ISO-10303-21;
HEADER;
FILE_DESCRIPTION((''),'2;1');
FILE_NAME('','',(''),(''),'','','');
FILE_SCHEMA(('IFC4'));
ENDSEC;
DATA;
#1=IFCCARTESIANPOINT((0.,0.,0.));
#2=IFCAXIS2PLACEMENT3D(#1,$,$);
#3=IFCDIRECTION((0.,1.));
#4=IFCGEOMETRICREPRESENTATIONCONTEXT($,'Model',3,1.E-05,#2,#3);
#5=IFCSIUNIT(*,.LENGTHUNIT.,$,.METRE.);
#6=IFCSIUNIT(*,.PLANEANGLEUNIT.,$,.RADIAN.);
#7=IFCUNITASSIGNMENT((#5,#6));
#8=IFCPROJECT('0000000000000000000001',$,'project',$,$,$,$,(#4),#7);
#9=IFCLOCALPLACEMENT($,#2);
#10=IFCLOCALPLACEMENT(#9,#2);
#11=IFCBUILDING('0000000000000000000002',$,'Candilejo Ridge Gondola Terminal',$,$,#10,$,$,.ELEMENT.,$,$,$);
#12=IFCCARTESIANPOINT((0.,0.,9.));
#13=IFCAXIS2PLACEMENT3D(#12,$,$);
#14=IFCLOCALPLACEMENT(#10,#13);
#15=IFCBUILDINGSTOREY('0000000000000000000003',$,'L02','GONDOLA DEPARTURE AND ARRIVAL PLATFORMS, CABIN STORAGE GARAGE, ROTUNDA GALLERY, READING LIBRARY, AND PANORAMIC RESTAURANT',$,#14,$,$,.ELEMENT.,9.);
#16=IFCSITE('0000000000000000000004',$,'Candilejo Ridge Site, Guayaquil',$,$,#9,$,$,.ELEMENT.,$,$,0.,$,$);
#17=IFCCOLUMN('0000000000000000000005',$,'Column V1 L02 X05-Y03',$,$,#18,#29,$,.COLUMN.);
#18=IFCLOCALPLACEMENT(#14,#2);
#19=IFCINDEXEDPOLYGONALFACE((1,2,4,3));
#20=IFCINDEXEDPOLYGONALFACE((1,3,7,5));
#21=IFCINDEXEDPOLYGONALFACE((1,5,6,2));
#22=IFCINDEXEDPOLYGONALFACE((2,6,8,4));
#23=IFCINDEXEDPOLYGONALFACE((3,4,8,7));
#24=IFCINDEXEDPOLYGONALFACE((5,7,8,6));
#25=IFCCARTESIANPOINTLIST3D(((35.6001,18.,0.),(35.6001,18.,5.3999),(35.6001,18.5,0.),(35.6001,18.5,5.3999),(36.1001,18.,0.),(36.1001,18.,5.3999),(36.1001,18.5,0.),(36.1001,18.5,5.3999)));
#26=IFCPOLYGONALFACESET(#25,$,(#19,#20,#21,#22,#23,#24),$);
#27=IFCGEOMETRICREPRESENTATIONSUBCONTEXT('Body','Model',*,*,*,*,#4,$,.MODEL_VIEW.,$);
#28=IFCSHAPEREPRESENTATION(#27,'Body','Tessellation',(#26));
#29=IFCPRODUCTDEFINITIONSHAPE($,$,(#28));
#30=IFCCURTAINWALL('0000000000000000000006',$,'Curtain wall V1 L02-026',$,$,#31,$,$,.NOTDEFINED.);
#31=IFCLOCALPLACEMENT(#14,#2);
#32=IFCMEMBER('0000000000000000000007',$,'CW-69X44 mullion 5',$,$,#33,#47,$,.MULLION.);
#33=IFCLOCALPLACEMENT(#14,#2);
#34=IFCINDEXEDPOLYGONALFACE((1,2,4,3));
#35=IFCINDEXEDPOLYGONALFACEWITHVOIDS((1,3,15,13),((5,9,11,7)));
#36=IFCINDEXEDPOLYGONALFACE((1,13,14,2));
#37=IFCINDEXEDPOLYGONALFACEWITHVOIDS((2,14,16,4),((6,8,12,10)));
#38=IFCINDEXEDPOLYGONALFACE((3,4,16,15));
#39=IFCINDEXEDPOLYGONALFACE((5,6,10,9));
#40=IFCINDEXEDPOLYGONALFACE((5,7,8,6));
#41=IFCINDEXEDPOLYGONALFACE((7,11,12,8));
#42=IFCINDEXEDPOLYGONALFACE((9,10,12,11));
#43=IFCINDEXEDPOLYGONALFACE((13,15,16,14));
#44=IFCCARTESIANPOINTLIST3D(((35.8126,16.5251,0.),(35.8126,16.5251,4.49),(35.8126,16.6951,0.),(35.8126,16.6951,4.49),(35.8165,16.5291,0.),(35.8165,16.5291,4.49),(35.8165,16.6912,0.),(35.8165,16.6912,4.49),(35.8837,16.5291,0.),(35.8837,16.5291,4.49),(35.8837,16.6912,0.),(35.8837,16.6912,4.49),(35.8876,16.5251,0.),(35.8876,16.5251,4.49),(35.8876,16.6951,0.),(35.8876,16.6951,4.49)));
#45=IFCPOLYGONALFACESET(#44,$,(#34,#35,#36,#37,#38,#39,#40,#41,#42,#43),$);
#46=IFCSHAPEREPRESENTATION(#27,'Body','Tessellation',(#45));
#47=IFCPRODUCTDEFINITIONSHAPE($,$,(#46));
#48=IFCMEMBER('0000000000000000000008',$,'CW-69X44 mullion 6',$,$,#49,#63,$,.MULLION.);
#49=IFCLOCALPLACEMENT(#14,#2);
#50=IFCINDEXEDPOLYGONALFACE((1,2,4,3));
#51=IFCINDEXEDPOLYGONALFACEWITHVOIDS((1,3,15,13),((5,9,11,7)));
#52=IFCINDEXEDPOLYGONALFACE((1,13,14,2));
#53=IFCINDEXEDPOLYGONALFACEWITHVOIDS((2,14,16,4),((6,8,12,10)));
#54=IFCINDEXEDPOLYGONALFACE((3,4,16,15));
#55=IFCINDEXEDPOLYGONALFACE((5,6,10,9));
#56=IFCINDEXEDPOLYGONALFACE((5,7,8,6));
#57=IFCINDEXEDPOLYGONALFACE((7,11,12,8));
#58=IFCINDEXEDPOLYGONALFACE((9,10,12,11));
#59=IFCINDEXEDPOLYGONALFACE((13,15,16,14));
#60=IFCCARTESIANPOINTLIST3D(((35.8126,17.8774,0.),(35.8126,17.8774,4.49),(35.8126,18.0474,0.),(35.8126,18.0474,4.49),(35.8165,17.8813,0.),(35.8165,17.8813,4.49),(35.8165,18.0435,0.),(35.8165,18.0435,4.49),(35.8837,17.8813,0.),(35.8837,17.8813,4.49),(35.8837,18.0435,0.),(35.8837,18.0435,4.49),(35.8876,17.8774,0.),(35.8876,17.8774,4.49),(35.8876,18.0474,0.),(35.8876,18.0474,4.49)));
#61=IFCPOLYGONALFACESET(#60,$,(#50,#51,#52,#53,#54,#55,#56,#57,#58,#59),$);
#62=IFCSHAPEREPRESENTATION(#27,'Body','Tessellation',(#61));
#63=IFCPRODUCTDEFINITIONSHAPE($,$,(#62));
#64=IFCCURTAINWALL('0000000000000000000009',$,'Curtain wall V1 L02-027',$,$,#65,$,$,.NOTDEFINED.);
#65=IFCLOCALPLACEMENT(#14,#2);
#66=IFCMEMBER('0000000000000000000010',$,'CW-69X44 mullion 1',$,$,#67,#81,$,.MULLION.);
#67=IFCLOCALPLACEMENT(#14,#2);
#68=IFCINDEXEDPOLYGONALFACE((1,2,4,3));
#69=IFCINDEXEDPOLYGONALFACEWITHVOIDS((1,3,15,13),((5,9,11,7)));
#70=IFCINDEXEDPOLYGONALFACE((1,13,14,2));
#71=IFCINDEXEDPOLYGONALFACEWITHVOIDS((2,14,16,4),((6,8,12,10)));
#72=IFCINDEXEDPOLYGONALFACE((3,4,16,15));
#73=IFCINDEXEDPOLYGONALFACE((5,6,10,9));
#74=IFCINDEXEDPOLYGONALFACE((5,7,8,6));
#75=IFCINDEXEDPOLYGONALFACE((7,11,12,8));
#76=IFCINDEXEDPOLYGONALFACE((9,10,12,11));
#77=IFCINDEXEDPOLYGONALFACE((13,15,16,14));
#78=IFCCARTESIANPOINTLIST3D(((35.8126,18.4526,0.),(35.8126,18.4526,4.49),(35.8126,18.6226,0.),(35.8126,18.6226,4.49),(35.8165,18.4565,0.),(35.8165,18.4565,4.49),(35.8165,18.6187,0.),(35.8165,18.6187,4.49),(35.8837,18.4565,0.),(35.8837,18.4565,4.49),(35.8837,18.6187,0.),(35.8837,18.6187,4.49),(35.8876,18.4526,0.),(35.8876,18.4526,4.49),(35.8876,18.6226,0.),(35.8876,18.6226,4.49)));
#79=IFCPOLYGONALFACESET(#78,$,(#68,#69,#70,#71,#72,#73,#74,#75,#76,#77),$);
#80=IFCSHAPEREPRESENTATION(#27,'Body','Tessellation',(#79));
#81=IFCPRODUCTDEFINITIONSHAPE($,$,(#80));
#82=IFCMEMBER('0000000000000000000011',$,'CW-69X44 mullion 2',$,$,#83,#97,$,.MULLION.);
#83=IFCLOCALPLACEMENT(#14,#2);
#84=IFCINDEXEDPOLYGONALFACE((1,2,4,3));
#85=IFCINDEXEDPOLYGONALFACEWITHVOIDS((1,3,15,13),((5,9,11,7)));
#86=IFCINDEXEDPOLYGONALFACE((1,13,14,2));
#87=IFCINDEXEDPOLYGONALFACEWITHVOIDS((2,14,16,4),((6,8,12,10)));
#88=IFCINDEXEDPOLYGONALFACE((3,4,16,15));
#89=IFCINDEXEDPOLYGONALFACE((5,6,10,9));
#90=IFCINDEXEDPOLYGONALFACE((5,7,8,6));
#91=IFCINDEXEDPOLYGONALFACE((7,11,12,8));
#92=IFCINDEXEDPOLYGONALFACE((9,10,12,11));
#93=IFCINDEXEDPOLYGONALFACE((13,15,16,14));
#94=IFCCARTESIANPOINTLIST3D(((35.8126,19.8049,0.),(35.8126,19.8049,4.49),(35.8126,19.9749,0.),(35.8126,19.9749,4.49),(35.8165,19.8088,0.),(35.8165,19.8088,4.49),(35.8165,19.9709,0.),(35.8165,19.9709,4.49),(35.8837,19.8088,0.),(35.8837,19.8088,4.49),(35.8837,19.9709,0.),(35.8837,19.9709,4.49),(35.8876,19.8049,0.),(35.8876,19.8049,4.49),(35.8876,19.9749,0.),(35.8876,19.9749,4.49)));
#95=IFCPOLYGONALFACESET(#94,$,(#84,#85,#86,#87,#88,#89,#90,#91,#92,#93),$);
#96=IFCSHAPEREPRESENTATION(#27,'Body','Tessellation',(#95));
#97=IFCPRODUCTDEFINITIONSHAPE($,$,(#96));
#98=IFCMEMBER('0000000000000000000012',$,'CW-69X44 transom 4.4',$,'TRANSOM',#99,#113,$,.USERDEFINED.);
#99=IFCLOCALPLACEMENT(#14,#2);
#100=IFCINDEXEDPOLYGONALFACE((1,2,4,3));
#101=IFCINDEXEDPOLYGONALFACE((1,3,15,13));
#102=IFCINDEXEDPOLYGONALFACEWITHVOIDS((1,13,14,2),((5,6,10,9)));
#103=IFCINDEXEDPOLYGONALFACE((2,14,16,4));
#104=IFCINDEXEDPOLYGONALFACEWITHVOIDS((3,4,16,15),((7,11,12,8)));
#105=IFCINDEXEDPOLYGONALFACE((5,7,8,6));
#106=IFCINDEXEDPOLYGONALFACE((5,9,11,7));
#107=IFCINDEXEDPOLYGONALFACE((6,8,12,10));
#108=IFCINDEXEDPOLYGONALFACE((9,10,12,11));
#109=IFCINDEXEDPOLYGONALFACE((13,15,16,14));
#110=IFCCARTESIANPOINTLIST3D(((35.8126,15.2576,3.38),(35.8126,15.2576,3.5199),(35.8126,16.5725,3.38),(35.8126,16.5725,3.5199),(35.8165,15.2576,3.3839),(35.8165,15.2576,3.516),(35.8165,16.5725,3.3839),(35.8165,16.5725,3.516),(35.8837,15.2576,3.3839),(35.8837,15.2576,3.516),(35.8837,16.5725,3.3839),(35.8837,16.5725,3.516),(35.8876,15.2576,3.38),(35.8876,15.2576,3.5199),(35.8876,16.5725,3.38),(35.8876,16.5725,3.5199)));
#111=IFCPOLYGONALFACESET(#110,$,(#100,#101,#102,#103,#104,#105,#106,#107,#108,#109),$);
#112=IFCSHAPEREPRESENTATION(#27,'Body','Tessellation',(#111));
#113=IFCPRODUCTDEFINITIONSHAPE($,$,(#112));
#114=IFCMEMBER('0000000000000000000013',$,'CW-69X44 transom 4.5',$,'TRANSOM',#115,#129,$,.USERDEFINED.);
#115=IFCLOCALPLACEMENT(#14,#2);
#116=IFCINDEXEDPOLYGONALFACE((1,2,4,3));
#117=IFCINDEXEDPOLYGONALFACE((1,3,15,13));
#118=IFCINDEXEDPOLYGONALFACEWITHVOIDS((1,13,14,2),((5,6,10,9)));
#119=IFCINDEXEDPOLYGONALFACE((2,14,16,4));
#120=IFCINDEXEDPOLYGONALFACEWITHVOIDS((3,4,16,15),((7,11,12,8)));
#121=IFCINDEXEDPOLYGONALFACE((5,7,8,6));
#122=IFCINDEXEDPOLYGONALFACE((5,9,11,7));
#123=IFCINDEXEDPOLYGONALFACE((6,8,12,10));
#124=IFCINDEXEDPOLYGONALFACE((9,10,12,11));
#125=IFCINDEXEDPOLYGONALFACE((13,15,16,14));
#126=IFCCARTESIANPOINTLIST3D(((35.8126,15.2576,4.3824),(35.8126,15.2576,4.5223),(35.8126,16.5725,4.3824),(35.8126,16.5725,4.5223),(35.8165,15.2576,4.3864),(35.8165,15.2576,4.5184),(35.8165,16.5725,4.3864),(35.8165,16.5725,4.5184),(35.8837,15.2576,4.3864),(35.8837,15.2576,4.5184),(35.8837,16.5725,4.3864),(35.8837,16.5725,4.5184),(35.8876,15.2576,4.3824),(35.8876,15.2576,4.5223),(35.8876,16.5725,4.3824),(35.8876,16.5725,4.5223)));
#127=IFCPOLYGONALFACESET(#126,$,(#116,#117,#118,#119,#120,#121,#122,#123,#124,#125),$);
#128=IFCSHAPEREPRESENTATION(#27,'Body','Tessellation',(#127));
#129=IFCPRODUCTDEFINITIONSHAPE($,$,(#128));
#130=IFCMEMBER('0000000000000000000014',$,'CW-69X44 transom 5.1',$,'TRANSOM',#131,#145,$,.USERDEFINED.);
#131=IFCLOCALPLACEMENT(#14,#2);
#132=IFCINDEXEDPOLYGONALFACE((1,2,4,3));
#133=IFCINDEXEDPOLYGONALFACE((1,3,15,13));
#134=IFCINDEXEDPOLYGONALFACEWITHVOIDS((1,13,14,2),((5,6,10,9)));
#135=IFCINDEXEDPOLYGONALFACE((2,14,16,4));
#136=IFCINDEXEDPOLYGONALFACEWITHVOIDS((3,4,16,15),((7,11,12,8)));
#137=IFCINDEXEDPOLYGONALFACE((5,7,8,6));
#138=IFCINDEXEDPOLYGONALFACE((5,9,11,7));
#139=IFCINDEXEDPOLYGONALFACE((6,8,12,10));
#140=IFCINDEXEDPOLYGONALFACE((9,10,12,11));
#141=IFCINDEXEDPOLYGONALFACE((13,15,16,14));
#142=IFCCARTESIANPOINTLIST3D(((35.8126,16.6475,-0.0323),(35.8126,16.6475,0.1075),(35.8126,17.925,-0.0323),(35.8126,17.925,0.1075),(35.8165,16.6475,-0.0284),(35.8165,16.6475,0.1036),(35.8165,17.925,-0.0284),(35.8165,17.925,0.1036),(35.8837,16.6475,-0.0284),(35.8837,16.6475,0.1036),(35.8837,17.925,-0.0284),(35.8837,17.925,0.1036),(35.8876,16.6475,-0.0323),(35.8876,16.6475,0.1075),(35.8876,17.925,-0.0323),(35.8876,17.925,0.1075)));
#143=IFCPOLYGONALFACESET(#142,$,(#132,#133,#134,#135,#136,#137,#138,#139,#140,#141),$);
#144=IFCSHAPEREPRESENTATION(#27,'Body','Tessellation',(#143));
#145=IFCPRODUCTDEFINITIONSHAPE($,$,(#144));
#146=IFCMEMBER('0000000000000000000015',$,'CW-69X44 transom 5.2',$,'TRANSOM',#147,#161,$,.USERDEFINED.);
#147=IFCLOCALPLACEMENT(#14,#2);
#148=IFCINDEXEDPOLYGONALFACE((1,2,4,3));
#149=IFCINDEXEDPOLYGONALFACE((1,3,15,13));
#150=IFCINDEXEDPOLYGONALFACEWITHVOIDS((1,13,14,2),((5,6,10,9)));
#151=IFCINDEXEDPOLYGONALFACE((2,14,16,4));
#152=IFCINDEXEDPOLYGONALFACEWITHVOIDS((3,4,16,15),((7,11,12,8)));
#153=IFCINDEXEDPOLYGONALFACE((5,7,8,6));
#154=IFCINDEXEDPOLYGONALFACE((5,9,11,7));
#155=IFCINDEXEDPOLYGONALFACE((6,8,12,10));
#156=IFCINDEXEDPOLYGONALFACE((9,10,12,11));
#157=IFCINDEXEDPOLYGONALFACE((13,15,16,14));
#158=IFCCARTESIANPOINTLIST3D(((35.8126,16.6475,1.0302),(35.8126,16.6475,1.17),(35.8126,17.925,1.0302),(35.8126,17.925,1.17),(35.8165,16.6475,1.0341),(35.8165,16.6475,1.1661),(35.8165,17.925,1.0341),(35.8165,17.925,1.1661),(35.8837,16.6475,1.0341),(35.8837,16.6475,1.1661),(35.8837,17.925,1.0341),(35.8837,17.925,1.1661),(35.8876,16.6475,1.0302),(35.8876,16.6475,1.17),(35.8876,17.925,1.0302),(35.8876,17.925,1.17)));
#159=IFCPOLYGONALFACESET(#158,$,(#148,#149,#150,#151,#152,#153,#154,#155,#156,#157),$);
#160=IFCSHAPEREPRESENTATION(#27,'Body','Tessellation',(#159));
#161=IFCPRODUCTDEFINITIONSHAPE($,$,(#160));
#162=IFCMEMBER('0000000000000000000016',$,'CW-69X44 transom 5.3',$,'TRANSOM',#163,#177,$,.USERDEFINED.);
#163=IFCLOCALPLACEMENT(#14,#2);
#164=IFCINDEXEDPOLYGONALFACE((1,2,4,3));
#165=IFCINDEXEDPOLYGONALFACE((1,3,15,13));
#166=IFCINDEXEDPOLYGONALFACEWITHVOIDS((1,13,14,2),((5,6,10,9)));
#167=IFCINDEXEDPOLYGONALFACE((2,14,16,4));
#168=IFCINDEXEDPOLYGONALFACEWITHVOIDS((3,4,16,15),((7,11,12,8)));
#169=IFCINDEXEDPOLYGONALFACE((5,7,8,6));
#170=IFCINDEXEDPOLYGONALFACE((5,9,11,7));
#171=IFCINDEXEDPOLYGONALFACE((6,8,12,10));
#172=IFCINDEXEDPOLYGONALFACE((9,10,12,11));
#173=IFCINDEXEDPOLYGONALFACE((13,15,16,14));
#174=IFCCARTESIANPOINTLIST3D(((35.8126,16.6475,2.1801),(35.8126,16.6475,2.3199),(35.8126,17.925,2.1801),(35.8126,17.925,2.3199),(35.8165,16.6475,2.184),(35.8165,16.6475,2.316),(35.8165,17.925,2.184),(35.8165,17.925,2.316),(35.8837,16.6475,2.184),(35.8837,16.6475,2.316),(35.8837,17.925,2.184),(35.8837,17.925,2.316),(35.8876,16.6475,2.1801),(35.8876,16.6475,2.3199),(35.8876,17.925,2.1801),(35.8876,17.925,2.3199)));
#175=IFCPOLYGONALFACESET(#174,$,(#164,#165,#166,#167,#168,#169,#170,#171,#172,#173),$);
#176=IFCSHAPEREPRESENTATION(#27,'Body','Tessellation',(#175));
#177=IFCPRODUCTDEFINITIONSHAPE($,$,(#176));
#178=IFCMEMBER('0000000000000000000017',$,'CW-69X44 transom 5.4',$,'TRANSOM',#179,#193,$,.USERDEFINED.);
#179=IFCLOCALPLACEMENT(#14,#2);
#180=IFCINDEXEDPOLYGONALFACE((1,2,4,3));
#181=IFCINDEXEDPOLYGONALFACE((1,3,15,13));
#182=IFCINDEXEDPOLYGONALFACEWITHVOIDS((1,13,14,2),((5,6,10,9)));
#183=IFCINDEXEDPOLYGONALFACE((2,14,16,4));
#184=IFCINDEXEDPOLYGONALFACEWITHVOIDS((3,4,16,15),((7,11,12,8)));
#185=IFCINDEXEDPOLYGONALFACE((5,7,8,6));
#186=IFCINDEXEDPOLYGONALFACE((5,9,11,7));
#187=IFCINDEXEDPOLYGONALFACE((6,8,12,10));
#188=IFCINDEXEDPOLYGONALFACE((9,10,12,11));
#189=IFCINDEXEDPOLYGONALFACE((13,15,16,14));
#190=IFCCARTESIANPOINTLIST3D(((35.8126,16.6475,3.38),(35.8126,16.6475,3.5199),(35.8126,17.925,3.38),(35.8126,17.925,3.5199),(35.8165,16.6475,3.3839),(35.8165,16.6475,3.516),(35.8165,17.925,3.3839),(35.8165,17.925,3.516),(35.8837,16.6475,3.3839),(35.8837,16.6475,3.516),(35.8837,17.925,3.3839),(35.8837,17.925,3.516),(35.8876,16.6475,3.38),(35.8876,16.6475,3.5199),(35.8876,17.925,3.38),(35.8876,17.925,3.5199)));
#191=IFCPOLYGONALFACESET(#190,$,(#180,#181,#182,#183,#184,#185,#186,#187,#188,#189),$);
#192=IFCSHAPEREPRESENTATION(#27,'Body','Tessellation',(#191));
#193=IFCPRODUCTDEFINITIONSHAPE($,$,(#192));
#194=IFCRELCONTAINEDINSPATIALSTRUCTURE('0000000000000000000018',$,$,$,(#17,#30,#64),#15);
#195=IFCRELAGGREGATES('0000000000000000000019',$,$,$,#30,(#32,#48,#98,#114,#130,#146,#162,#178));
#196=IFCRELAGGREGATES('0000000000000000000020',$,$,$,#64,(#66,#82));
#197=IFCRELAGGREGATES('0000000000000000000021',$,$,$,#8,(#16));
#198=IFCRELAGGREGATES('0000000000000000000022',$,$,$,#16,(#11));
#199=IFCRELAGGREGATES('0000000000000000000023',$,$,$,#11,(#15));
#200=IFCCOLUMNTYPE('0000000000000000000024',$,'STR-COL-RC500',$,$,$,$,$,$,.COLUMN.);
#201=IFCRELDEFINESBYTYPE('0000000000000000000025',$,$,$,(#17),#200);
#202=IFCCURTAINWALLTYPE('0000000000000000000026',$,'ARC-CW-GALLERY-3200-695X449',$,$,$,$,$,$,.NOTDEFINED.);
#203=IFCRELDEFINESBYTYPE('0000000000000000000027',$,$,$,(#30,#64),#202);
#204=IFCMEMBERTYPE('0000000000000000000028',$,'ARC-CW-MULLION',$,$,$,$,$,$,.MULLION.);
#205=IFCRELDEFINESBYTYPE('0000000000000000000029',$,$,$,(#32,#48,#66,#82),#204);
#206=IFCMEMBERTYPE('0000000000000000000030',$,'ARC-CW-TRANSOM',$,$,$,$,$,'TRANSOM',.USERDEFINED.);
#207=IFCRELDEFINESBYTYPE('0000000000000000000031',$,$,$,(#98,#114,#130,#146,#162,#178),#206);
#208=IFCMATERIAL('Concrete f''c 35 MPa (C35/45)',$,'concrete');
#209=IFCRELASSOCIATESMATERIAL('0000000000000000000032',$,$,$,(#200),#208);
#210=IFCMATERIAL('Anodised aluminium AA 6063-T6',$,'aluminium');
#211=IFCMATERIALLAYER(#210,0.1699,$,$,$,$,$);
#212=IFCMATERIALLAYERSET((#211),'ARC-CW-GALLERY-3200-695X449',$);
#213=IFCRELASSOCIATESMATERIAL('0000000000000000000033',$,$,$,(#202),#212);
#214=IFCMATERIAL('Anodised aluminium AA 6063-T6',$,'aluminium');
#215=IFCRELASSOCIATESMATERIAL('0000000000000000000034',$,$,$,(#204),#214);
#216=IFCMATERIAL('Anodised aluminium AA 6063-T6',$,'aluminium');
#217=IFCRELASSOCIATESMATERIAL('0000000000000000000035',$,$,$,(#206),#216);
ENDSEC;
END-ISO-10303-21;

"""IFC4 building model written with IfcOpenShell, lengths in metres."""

from ifc_helpers import new_model, si_unit, direction, frame, origin, origin_2d, place, context, subcontext, project, spatial, rectangle, hollow_rectangle, extrude, material, layer, layer_set, material_profile, profile_set, type_object, element, aggregate, save


model = new_model("IFC4")

# Units and contexts
model_context = context("Model", 3, precision=1e-05, world=origin(), true_north=direction((0.0, 1.0)))
body_context = subcontext(model_context, "Body", "Model", "MODEL_VIEW")
ifc_project = project(units=[si_unit("LENGTHUNIT", "METRE"), si_unit("PLANEANGLEUNIT", "RADIAN")], contexts=[model_context])

# Site, building, storey
site_placement = place(None, origin())
site = spatial("IfcSite", under=ifc_project, at=site_placement, Name="Candilejo Ridge Site, Guayaquil", CompositionType="ELEMENT", RefElevation=0.0)
building_placement = place(site_placement, origin())
building = spatial("IfcBuilding", under=site, at=building_placement, Name="Candilejo Ridge Gondola Terminal", CompositionType="ELEMENT")
storey_placement = place(building_placement, frame((0.0, 0.0, 9.0)))
storey = spatial("IfcBuildingStorey", under=building, at=storey_placement, Name="L02", Description="GONDOLA DEPARTURE AND ARRIVAL PLATFORMS, CABIN STORAGE GARAGE, ROTUNDA GALLERY, READING LIBRARY, AND PANORAMIC RESTAURANT", CompositionType="ELEMENT", Elevation=9.0)

# Column
ifc_material_1 = material(Name="Concrete f'c 35 MPa (C35/45)", Category="concrete")
ifc_material_profile_1 = material_profile(ifc_material_1, rectangle(XDim=0.5, YDim=0.5, at=origin_2d()))
ifc_profile_set_1 = profile_set([ifc_material_profile_1], Name="Concrete f'c 35 MPa (C35/45)")
column_type = type_object("IfcColumnType", Name="STR-COL-RC500", PredefinedType="COLUMN", material=ifc_profile_set_1)
column_placement = place(storey_placement, frame((35.8501, 18.25, 0.0), z_axis=(0.0, 0.0, 1.0), x_axis=(1.0, 0.0, 0.0)))
element("IfcColumn", 1, at=column_placement, inside=storey, type_object=column_type, Name="Column V1 L02 X05-Y03", PredefinedType="COLUMN", context=body_context, shape_type="SweptSolid", body=[
    extrude(rectangle(XDim=0.5, YDim=0.5, at=origin_2d()), origin(), (0.0, 0.0, 1.0), 5.3999),
])

# Curtain walls, members
ifc_material_2 = material(Name="Anodised aluminium AA 6063-T6", Category="aluminium")
ifc_layer_1 = layer(ifc_material_2, 0.1699)
ifc_layer_set_1 = layer_set([ifc_layer_1], Name="ARC-CW-GALLERY-3200-695X449")
curtain_wall_type = type_object("IfcCurtainWallType", Name="ARC-CW-GALLERY-3200-695X449", PredefinedType="NOTDEFINED", material=ifc_layer_set_1)
curtain_wall_1_placement = place(storey_placement, origin())
curtain_wall_1 = element("IfcCurtainWall", 2, at=curtain_wall_1_placement, inside=storey, type_object=curtain_wall_type, Name="Curtain wall V1 L02-026", PredefinedType="NOTDEFINED")
ifc_material_3 = material(Name="Anodised aluminium AA 6063-T6", Category="aluminium")
ifc_material_profile_2 = material_profile(ifc_material_3, hollow_rectangle(XDim=0.075, YDim=0.1699, WallThickness=0.0039, at=origin_2d()))
ifc_profile_set_2 = profile_set([ifc_material_profile_2], Name="Anodised aluminium AA 6063-T6")
member_type_1 = type_object("IfcMemberType", Name="ARC-CW-MULLION", PredefinedType="MULLION", material=ifc_profile_set_2)
member_1_placement = place(storey_placement, frame((35.8501, 16.6101, 0.0), z_axis=(0.0, 0.0, 1.0), x_axis=(-1.0, 0.0, 0.0)))
member_1 = element("IfcMember", 3, at=member_1_placement, type_object=member_type_1, Name="CW-69X44 mullion 5", PredefinedType="MULLION", context=body_context, shape_type="SweptSolid", body=[
    extrude(hollow_rectangle(XDim=0.075, YDim=0.1699, WallThickness=0.0039, at=origin_2d()), origin(), (0.0, 0.0, 1.0), 4.49),
])
member_2_placement = place(storey_placement, frame((35.8501, 17.9624, 0.0), z_axis=(0.0, 0.0, 1.0), x_axis=(-1.0, 0.0, 0.0)))
member_2 = element("IfcMember", 4, at=member_2_placement, type_object=member_type_1, Name="CW-69X44 mullion 6", PredefinedType="MULLION", context=body_context, shape_type="SweptSolid", body=[
    extrude(hollow_rectangle(XDim=0.075, YDim=0.1699, WallThickness=0.0039, at=origin_2d()), origin(), (0.0, 0.0, 1.0), 4.49),
])
curtain_wall_2_placement = place(storey_placement, origin())
curtain_wall_2 = element("IfcCurtainWall", 5, at=curtain_wall_2_placement, inside=storey, type_object=curtain_wall_type, Name="Curtain wall V1 L02-027", PredefinedType="NOTDEFINED")
member_3_placement = place(storey_placement, frame((35.8501, 18.5376, 0.0), z_axis=(0.0, 0.0, 1.0), x_axis=(-1.0, 0.0, 0.0)))
member_3 = element("IfcMember", 6, at=member_3_placement, type_object=member_type_1, Name="CW-69X44 mullion 1", PredefinedType="MULLION", context=body_context, shape_type="SweptSolid", body=[
    extrude(hollow_rectangle(XDim=0.075, YDim=0.1699, WallThickness=0.0039, at=origin_2d()), origin(), (0.0, 0.0, 1.0), 4.49),
])
member_4_placement = place(storey_placement, frame((35.8501, 19.8899, 0.0), z_axis=(0.0, 0.0, 1.0), x_axis=(-1.0, 0.0, 0.0)))
member_4 = element("IfcMember", 7, at=member_4_placement, type_object=member_type_1, Name="CW-69X44 mullion 2", PredefinedType="MULLION", context=body_context, shape_type="SweptSolid", body=[
    extrude(hollow_rectangle(XDim=0.075, YDim=0.1699, WallThickness=0.0039, at=origin_2d()), origin(), (0.0, 0.0, 1.0), 4.49),
])

# Members
ifc_material_4 = material(Name="Anodised aluminium AA 6063-T6", Category="aluminium")
ifc_material_profile_3 = material_profile(ifc_material_4, hollow_rectangle(XDim=0.075, YDim=0.1399, WallThickness=0.0039, at=origin_2d()))
ifc_profile_set_3 = profile_set([ifc_material_profile_3], Name="Anodised aluminium AA 6063-T6")
member_type_2 = type_object("IfcMemberType", Name="ARC-CW-TRANSOM", ElementType="TRANSOM", PredefinedType="USERDEFINED", material=ifc_profile_set_3)
member_5_placement = place(storey_placement, frame((35.8501, 15.2576, 3.45), z_axis=(0.0, 1.0, 0.0), x_axis=(-1.0, 0.0, 0.0)))
member_5 = element("IfcMember", 8, at=member_5_placement, type_object=member_type_2, Name="CW-69X44 transom 4.4", ObjectType="TRANSOM", PredefinedType="USERDEFINED", context=body_context, shape_type="SweptSolid", body=[
    extrude(hollow_rectangle(XDim=0.075, YDim=0.1399, WallThickness=0.0039, at=origin_2d()), origin(), (0.0, 0.0, 1.0), 1.3149),
])
member_6_placement = place(storey_placement, frame((35.8501, 15.2576, 4.4524), z_axis=(0.0, 1.0, 0.0), x_axis=(-1.0, 0.0, 0.0)))
member_6 = element("IfcMember", 9, at=member_6_placement, type_object=member_type_2, Name="CW-69X44 transom 4.5", ObjectType="TRANSOM", PredefinedType="USERDEFINED", context=body_context, shape_type="SweptSolid", body=[
    extrude(hollow_rectangle(XDim=0.075, YDim=0.1399, WallThickness=0.0039, at=origin_2d()), origin(), (0.0, 0.0, 1.0), 1.3149),
])
member_7_placement = place(storey_placement, frame((35.8501, 16.6475, 0.0376), z_axis=(0.0, 1.0, 0.0), x_axis=(-1.0, 0.0, 0.0)))
member_7 = element("IfcMember", 10, at=member_7_placement, type_object=member_type_2, Name="CW-69X44 transom 5.1", ObjectType="TRANSOM", PredefinedType="USERDEFINED", context=body_context, shape_type="SweptSolid", body=[
    extrude(hollow_rectangle(XDim=0.075, YDim=0.1399, WallThickness=0.0039, at=origin_2d()), origin(), (0.0, 0.0, 1.0), 1.2776),
])
member_8_placement = place(storey_placement, frame((35.8501, 16.6475, 1.1001), z_axis=(0.0, 1.0, 0.0), x_axis=(-1.0, 0.0, 0.0)))
member_8 = element("IfcMember", 11, at=member_8_placement, type_object=member_type_2, Name="CW-69X44 transom 5.2", ObjectType="TRANSOM", PredefinedType="USERDEFINED", context=body_context, shape_type="SweptSolid", body=[
    extrude(hollow_rectangle(XDim=0.075, YDim=0.1399, WallThickness=0.0039, at=origin_2d()), origin(), (0.0, 0.0, 1.0), 1.2776),
])
member_9_placement = place(storey_placement, frame((35.8501, 16.6475, 2.25), z_axis=(0.0, 1.0, 0.0), x_axis=(-1.0, 0.0, 0.0)))
member_9 = element("IfcMember", 12, at=member_9_placement, type_object=member_type_2, Name="CW-69X44 transom 5.3", ObjectType="TRANSOM", PredefinedType="USERDEFINED", context=body_context, shape_type="SweptSolid", body=[
    extrude(hollow_rectangle(XDim=0.075, YDim=0.1399, WallThickness=0.0039, at=origin_2d()), origin(), (0.0, 0.0, 1.0), 1.2776),
])
member_10_placement = place(storey_placement, frame((35.8501, 16.6475, 3.45), z_axis=(0.0, 1.0, 0.0), x_axis=(-1.0, 0.0, 0.0)))
member_10 = element("IfcMember", 13, at=member_10_placement, type_object=member_type_2, Name="CW-69X44 transom 5.4", ObjectType="TRANSOM", PredefinedType="USERDEFINED", context=body_context, shape_type="SweptSolid", body=[
    extrude(hollow_rectangle(XDim=0.075, YDim=0.1399, WallThickness=0.0039, at=origin_2d()), origin(), (0.0, 0.0, 1.0), 1.2776),
])

aggregate(curtain_wall_1, [member_1, member_2, member_5, member_6, member_7, member_8, member_9, member_10])
aggregate(curtain_wall_2, [member_3, member_4])

save(model, "model.ifc")
